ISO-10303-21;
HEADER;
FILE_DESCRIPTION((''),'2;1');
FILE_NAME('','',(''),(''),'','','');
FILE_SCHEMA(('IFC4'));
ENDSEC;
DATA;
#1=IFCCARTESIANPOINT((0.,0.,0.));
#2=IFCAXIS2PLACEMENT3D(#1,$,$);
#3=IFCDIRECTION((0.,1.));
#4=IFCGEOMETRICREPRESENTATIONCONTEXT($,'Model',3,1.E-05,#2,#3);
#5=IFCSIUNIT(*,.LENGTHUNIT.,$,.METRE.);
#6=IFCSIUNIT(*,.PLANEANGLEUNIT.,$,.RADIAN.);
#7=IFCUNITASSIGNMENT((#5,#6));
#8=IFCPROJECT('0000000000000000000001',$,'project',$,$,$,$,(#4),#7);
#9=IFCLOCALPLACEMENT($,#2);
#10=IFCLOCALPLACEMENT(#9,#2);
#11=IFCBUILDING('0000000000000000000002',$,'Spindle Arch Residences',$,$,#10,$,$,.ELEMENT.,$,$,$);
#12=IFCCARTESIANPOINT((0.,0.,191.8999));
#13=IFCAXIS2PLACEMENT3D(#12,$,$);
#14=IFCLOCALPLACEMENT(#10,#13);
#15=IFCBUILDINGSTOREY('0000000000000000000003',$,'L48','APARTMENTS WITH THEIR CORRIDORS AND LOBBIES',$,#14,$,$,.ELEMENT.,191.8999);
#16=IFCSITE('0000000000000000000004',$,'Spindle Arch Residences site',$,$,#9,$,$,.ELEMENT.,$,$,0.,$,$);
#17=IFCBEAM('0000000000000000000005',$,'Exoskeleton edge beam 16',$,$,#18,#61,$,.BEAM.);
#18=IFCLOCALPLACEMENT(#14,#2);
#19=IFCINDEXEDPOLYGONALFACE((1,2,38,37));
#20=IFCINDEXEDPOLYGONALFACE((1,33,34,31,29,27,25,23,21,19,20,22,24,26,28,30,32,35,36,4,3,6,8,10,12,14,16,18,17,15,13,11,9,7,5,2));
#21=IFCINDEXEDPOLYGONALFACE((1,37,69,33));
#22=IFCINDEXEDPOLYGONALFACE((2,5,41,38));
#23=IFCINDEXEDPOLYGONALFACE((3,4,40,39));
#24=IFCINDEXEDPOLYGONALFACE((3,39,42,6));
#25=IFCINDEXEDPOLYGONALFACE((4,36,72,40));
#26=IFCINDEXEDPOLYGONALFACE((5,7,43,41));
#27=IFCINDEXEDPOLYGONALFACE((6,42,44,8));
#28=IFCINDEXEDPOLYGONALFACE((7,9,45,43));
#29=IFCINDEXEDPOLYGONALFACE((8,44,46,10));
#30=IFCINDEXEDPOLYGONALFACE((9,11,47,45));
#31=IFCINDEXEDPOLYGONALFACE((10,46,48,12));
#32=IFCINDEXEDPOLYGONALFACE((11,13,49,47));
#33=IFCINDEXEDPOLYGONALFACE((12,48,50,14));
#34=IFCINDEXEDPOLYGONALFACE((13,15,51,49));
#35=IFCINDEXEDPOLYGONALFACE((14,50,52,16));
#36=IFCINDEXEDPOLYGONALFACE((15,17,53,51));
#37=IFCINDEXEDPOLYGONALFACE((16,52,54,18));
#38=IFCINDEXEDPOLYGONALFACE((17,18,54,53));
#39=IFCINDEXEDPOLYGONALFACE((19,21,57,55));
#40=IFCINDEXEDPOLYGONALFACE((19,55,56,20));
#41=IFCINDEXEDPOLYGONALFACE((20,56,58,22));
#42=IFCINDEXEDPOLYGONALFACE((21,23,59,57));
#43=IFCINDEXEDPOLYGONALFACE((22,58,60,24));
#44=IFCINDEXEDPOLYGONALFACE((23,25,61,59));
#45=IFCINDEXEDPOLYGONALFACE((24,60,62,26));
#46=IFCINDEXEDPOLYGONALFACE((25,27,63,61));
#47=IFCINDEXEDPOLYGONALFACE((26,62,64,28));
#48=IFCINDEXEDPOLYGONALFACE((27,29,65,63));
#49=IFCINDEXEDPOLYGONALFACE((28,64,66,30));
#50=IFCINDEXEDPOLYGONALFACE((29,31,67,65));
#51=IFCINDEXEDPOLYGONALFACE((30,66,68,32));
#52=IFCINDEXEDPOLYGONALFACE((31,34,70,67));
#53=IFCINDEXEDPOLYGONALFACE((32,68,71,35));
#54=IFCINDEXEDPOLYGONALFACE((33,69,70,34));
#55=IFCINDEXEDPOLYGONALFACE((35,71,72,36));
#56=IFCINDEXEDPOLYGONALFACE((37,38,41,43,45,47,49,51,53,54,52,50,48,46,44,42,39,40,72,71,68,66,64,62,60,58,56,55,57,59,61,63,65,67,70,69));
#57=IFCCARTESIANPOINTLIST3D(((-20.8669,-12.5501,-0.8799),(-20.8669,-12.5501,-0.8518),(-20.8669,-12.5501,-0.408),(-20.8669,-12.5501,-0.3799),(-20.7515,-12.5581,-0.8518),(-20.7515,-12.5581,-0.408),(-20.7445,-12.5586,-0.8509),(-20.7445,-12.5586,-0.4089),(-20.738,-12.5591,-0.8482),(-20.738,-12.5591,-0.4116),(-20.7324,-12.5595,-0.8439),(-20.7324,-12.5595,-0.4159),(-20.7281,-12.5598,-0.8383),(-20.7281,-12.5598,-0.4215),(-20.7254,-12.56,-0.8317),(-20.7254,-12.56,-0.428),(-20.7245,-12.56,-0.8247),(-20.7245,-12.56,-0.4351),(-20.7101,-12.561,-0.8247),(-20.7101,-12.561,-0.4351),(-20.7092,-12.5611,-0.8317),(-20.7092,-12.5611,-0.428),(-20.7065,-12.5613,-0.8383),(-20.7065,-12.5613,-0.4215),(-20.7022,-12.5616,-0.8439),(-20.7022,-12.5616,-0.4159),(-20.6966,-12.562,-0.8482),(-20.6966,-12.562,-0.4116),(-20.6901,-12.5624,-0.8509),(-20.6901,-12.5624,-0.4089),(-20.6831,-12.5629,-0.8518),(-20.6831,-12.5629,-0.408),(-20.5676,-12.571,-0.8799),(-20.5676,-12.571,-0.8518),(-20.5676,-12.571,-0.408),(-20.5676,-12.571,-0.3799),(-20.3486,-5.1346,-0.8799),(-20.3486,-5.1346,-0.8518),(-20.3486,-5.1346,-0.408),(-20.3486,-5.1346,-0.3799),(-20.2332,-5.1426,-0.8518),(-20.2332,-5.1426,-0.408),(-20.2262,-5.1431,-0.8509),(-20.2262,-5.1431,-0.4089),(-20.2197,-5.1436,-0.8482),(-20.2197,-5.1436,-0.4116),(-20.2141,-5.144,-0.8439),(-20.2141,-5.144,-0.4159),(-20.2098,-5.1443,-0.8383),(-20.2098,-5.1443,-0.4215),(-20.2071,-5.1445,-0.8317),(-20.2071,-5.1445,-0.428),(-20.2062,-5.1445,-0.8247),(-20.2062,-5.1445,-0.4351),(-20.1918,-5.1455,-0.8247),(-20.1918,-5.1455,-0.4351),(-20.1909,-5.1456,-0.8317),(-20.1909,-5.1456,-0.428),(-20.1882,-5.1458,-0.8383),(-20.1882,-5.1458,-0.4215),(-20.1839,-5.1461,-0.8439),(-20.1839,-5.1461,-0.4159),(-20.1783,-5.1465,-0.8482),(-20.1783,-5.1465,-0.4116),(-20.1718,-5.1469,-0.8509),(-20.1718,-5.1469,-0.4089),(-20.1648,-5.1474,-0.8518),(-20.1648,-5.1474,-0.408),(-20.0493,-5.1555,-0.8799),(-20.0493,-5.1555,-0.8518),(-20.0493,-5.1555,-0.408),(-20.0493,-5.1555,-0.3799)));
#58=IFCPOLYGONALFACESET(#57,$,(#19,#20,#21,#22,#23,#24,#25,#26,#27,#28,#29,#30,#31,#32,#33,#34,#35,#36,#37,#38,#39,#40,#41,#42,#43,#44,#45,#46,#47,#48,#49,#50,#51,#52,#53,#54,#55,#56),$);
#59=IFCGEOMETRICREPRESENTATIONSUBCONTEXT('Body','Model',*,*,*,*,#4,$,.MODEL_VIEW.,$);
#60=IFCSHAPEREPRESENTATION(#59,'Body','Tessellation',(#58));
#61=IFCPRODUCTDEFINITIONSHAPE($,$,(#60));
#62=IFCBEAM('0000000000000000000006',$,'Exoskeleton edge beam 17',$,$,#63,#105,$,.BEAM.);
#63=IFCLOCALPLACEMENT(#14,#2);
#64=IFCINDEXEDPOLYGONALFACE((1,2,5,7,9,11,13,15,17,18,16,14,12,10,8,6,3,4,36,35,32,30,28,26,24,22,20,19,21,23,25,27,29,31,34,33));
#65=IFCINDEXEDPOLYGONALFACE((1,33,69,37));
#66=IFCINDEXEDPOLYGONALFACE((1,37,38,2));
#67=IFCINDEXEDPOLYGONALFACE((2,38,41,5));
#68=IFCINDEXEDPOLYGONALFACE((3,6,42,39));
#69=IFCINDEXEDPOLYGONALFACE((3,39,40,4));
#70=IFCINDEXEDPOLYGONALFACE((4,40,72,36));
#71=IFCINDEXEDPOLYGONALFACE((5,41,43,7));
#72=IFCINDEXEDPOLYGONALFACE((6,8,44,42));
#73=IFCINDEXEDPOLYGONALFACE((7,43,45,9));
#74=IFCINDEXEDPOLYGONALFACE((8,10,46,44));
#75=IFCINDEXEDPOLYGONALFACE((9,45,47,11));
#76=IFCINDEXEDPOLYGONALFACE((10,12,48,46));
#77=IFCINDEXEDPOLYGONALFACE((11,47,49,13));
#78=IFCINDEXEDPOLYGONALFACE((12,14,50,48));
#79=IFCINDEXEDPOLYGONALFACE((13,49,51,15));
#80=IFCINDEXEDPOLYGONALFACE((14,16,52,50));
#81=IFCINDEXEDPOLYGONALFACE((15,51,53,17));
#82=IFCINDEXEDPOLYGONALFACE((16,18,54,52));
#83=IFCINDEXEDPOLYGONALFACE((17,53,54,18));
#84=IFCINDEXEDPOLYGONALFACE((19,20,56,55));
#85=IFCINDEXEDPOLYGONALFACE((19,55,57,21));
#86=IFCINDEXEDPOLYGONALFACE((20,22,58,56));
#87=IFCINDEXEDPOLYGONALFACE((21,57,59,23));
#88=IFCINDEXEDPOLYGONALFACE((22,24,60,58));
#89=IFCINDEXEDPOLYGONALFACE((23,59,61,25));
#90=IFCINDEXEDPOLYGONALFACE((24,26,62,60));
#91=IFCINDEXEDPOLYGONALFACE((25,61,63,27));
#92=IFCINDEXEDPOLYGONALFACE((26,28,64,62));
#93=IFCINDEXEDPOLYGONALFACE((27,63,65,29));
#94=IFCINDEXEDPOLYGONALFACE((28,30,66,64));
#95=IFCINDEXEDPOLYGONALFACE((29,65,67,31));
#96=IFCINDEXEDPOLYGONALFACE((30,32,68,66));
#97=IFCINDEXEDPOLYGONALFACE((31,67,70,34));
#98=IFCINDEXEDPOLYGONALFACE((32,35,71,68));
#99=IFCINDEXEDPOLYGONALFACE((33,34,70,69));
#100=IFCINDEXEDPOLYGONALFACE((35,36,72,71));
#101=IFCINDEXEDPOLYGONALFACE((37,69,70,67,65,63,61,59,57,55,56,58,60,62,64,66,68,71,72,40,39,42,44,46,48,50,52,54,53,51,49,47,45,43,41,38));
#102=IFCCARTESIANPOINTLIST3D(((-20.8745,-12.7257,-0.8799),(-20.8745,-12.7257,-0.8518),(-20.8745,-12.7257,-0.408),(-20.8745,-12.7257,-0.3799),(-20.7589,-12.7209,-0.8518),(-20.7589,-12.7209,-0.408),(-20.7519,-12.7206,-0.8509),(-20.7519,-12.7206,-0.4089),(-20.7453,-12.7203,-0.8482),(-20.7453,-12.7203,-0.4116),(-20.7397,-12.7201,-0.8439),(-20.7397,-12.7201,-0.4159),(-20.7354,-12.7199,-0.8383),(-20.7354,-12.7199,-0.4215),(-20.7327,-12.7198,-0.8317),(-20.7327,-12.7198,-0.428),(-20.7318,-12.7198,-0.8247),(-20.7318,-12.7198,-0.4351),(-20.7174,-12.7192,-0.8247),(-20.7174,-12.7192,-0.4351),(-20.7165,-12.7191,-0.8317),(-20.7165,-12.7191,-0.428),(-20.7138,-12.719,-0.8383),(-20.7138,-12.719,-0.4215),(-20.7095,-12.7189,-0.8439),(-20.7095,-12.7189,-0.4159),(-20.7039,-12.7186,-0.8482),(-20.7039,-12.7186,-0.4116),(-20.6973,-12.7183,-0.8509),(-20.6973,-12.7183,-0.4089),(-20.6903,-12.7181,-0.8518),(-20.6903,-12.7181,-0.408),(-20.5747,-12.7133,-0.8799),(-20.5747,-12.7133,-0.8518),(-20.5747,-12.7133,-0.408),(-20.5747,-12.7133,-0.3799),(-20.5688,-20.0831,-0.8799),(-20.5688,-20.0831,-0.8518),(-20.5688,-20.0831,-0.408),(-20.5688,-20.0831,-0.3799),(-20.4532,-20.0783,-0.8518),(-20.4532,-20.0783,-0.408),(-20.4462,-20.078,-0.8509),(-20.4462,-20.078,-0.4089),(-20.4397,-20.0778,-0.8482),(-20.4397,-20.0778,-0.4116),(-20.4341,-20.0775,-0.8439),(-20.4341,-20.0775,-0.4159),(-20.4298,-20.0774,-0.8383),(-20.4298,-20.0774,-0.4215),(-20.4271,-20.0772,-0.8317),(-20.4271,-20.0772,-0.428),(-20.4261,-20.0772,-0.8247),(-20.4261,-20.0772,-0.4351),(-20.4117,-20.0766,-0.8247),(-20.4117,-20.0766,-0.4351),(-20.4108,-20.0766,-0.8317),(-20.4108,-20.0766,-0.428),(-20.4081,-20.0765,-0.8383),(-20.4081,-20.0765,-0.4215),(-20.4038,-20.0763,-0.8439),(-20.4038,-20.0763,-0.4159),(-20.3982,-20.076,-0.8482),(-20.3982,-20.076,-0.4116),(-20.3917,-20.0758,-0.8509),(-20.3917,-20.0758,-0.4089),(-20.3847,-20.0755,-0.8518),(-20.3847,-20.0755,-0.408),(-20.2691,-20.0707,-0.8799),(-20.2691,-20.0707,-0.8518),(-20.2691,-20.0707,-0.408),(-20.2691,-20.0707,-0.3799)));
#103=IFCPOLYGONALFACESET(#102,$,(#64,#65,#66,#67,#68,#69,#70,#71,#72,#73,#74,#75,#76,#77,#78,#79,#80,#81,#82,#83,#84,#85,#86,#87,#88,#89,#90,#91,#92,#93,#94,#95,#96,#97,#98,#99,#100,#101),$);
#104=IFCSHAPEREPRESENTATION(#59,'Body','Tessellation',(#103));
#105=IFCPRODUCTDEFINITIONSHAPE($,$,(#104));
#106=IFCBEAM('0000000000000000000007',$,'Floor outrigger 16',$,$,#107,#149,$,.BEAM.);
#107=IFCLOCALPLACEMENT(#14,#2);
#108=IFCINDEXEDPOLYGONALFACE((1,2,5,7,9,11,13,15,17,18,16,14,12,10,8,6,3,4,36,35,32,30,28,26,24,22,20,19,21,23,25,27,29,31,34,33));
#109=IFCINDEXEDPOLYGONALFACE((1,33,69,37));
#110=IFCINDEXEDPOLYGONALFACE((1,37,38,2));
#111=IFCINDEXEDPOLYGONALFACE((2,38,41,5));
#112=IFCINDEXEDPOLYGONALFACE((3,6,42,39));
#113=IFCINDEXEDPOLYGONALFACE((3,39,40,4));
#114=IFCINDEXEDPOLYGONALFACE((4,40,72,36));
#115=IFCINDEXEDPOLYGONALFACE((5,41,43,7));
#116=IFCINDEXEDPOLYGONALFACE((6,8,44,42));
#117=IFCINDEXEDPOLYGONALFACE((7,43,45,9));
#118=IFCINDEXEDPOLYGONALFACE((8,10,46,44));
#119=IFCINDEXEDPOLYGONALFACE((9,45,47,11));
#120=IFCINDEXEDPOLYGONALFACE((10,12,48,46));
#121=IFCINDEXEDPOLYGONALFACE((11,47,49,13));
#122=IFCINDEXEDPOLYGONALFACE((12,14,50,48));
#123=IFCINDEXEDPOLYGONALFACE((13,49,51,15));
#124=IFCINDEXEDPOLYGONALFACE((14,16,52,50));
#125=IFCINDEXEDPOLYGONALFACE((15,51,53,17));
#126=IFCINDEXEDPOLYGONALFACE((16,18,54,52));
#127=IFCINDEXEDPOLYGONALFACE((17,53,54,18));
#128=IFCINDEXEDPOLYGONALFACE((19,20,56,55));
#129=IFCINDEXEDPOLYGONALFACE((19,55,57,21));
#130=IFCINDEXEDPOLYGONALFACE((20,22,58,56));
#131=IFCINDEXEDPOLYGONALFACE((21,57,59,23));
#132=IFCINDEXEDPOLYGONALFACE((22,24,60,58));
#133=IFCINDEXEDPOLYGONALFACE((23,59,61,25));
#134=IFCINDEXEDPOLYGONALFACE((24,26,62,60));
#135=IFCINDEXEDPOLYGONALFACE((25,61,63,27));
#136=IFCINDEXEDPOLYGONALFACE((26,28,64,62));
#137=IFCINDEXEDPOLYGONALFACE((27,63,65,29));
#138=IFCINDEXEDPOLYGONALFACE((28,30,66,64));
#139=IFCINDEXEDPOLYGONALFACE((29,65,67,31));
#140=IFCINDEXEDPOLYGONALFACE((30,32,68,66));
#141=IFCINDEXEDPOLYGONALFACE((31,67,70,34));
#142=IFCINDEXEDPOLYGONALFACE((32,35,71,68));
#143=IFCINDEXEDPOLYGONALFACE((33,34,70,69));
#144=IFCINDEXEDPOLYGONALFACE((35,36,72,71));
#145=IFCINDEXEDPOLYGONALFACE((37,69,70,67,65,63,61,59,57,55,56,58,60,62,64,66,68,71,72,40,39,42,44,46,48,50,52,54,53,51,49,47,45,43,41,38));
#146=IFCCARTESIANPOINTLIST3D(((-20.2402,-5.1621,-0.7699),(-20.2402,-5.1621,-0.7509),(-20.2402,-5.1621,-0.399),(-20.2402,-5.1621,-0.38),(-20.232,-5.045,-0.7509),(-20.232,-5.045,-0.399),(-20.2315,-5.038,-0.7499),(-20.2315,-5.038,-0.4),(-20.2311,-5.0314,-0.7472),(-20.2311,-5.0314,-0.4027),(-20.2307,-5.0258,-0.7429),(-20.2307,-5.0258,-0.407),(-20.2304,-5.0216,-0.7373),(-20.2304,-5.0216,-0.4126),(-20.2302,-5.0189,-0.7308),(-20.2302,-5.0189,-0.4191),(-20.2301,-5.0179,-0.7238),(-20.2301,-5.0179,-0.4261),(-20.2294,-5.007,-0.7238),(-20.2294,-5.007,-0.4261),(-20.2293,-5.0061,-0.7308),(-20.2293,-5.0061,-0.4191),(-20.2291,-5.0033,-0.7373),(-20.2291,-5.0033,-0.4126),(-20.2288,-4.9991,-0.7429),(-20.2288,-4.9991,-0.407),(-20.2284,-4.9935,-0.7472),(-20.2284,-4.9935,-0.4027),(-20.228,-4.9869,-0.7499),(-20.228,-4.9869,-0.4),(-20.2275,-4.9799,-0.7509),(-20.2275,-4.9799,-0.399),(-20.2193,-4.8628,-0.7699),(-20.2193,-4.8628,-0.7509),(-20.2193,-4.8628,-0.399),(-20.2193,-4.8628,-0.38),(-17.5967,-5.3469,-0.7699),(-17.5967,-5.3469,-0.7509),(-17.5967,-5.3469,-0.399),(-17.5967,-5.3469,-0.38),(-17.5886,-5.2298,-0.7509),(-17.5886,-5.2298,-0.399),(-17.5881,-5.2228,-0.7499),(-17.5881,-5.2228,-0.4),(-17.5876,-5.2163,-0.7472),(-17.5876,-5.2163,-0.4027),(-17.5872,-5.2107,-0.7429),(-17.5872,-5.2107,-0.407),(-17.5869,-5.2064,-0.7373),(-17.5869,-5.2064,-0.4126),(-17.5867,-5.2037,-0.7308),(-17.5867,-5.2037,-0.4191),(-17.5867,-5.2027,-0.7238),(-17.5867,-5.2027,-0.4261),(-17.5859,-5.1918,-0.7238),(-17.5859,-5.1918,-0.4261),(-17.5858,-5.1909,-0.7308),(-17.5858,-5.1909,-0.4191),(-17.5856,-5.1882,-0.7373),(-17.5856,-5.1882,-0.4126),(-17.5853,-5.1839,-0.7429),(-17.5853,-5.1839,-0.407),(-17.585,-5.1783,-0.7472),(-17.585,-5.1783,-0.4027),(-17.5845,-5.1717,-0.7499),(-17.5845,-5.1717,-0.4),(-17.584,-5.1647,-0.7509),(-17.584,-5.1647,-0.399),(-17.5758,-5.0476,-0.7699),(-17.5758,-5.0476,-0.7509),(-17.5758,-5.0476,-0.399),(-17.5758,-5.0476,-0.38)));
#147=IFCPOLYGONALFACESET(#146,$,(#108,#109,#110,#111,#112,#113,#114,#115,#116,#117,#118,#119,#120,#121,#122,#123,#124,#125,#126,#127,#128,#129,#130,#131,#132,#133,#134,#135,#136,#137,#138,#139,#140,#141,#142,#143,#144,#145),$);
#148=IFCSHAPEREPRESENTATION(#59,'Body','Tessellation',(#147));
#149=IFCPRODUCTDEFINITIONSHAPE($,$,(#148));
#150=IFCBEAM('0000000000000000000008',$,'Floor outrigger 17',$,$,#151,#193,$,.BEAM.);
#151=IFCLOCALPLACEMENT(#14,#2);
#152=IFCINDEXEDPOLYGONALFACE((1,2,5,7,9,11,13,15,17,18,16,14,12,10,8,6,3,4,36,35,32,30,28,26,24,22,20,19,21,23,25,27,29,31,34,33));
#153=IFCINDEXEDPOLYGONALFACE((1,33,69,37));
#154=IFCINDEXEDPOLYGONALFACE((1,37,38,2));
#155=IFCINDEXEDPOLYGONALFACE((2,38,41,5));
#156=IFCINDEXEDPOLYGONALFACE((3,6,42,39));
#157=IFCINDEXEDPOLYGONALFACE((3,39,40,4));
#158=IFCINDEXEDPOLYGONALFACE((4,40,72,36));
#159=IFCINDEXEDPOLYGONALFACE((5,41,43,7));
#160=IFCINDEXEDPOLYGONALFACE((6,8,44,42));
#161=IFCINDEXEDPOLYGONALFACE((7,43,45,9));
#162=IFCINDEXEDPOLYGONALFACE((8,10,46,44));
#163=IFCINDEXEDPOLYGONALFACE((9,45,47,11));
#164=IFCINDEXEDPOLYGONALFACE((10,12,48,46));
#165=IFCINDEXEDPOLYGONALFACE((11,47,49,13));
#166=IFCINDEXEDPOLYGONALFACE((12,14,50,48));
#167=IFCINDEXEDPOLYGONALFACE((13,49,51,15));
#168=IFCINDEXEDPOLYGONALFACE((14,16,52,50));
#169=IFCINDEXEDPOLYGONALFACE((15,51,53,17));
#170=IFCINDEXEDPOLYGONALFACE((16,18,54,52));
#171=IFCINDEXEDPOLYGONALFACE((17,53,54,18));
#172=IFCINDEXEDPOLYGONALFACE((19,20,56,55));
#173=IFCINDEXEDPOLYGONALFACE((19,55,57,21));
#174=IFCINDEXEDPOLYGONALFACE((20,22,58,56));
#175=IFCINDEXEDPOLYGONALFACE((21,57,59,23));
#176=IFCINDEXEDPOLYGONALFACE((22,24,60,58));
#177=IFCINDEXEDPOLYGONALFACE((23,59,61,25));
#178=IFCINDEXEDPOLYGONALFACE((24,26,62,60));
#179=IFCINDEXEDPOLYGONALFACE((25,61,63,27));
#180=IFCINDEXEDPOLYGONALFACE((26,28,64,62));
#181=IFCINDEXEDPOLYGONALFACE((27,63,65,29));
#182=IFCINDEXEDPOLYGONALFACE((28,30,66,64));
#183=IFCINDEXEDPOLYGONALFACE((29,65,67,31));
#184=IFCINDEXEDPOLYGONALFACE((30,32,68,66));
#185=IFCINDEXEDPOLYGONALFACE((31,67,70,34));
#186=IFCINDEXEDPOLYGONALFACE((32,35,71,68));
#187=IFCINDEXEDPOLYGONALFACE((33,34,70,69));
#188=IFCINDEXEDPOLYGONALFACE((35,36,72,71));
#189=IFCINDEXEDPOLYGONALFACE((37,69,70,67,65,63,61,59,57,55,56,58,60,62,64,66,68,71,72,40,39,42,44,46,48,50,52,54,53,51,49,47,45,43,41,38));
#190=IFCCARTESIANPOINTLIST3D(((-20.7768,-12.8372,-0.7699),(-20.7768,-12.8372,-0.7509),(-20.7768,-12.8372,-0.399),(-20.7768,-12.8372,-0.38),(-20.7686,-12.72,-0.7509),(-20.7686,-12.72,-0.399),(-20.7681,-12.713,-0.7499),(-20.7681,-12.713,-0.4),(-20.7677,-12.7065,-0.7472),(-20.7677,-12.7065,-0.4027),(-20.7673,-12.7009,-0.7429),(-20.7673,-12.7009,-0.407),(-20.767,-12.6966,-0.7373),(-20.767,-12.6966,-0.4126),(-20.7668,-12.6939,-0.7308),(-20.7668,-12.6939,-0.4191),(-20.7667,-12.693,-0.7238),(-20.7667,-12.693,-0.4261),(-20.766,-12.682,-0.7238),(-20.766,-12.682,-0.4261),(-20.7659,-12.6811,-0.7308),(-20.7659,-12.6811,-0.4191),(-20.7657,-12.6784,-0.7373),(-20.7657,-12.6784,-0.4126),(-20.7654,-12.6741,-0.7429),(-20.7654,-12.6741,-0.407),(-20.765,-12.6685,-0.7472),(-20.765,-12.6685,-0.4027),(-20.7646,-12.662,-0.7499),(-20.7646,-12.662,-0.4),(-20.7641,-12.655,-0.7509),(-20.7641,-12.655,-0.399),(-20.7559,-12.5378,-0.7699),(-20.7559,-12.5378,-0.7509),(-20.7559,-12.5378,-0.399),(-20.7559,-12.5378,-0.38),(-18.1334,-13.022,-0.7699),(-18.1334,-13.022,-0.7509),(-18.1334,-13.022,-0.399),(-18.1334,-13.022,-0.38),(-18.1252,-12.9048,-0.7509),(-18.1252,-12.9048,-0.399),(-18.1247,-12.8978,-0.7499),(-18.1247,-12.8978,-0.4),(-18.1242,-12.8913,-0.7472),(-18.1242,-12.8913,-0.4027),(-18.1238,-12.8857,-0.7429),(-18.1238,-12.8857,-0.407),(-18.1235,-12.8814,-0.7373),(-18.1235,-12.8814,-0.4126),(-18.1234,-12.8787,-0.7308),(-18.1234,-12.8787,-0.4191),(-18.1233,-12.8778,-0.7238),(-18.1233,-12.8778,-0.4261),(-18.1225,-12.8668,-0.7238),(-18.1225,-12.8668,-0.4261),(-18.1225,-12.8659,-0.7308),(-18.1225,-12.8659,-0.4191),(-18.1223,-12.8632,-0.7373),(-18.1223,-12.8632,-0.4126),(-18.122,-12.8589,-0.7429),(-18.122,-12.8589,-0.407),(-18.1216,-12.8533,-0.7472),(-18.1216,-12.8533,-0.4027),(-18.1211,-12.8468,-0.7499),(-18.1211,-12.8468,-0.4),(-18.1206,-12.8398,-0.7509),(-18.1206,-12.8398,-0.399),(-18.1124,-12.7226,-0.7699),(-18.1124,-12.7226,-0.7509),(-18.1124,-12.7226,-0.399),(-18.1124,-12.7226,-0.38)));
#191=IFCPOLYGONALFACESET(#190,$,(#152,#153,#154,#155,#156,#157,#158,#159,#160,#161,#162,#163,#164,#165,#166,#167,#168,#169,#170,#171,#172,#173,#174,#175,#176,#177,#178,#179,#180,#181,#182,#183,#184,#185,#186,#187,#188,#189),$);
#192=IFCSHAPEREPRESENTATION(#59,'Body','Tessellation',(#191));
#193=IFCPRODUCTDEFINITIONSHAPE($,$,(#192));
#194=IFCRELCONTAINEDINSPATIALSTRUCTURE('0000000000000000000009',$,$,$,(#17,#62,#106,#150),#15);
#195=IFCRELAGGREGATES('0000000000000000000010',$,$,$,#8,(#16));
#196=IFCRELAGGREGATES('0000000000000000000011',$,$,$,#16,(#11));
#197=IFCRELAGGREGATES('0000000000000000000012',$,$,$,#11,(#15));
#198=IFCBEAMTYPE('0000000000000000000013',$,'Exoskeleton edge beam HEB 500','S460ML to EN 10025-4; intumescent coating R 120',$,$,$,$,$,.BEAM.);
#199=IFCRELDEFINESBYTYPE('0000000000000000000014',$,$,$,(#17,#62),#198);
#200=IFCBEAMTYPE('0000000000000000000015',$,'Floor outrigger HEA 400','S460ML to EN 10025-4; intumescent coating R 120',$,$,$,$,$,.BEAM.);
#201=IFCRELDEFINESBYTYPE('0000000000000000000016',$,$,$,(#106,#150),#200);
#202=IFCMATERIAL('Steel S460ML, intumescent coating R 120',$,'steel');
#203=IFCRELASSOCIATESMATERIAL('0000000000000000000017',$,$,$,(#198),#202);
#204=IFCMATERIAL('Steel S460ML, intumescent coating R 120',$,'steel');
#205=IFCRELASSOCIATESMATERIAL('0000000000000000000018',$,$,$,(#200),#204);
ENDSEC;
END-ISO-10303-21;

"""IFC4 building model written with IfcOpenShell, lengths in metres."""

from ifc_helpers import new_model, si_unit, direction, frame, origin, origin_2d, place, context, subcontext, project, spatial, i_section, extrude, material, material_profile, profile_set, type_object, element, save


model = new_model("IFC4")

# Units and contexts
model_context = context("Model", 3, precision=1e-05, world=origin(), true_north=direction((0.0, 1.0)))
body_context = subcontext(model_context, "Body", "Model", "MODEL_VIEW")
ifc_project = project(units=[si_unit("LENGTHUNIT", "METRE"), si_unit("PLANEANGLEUNIT", "RADIAN")], contexts=[model_context])

# Site, building, storey
site_placement = place(None, origin())
site = spatial("IfcSite", under=ifc_project, at=site_placement, Name="Spindle Arch Residences site", CompositionType="ELEMENT", RefElevation=0.0)
building_placement = place(site_placement, origin())
building = spatial("IfcBuilding", under=site, at=building_placement, Name="Spindle Arch Residences", CompositionType="ELEMENT")
storey_placement = place(building_placement, frame((0.0, 0.0, 191.8999)))
storey = spatial("IfcBuildingStorey", under=building, at=storey_placement, Name="L48", Description="APARTMENTS WITH THEIR CORRIDORS AND LOBBIES", CompositionType="ELEMENT", Elevation=191.8999)

# Beams
ifc_material_1 = material(Name="Steel S460ML, intumescent coating R 120", Category="steel")
ifc_material_profile_1 = material_profile(ifc_material_1, i_section(OverallWidth=0.3, OverallDepth=0.5, WebThickness=0.0144, FlangeThickness=0.0281, FilletRadius=0.0271, at=origin_2d()), Name="HEB 500")
ifc_profile_set_1 = profile_set([ifc_material_profile_1], Name="Steel S460ML, intumescent coating R 120")
beam_type_1 = type_object("IfcBeamType", Name="Exoskeleton edge beam HEB 500", Description="S460ML to EN 10025-4; intumescent coating R 120", PredefinedType="BEAM", material=ifc_profile_set_1)
beam_1_placement = place(storey_placement, frame((-20.199, -5.145, -0.6299), z_axis=(-0.069725, -0.997566, 0.0), x_axis=(0.997566, -0.069725, 0.0)))
element("IfcBeam", 1, at=beam_1_placement, inside=storey, type_object=beam_type_1, Name="Exoskeleton edge beam 16", PredefinedType="BEAM", context=body_context, shape_type="SweptSolid", body=[
    extrude(i_section(OverallWidth=0.3, OverallDepth=0.5, WebThickness=0.0144, FlangeThickness=0.0281, FilletRadius=0.0271, at=origin_2d()), origin(), (0.0, 0.0, 1.0), 7.4336),
])
beam_2_placement = place(storey_placement, frame((-20.7246, -12.7195, -0.6299), z_axis=(0.041509, -0.999138, 0.0), x_axis=(0.999138, 0.041509, 0.0)))
element("IfcBeam", 2, at=beam_2_placement, inside=storey, type_object=beam_type_1, Name="Exoskeleton edge beam 17", PredefinedType="BEAM", context=body_context, shape_type="SweptSolid", body=[
    extrude(i_section(OverallWidth=0.3, OverallDepth=0.5, WebThickness=0.0144, FlangeThickness=0.0281, FilletRadius=0.0271, at=origin_2d()), origin(), (0.0, 0.0, 1.0), 7.3638),
])
ifc_material_2 = material(Name="Steel S460ML, intumescent coating R 120", Category="steel")
ifc_material_profile_2 = material_profile(ifc_material_2, i_section(OverallWidth=0.3, OverallDepth=0.3899, WebThickness=0.011, FlangeThickness=0.019, FilletRadius=0.0271, at=origin_2d()), Name="HEA 400")
ifc_profile_set_2 = profile_set([ifc_material_profile_2], Name="Steel S460ML, intumescent coating R 120")
beam_type_2 = type_object("IfcBeamType", Name="Floor outrigger HEA 400", Description="S460ML to EN 10025-4; intumescent coating R 120", PredefinedType="BEAM", material=ifc_profile_set_2)
for number, where, z_axis, x_axis, name in (
    (3, (-20.2297, -5.0125, -0.575), (0.997565, -0.069741, 0.0), (0.069741, 0.997565, 0.0), "Floor outrigger 16"),
    (4, (-20.7664, -12.6875, -0.575), (0.997565, -0.069741, 0.0), (0.069741, 0.997565, 0.0), "Floor outrigger 17"),
):
    element("IfcBeam", number, at=place(storey_placement, frame(where, z_axis=z_axis, x_axis=x_axis)), inside=storey, type_object=beam_type_2, Name=name, PredefinedType="BEAM", context=body_context, shape_type="SweptSolid", body=[
        extrude(i_section(OverallWidth=0.3, OverallDepth=0.3899, WebThickness=0.011, FlangeThickness=0.019, FilletRadius=0.0271, at=origin_2d()), origin(), (0.0, 0.0, 1.0), 2.6499),
    ])

save(model, "model.ifc")
